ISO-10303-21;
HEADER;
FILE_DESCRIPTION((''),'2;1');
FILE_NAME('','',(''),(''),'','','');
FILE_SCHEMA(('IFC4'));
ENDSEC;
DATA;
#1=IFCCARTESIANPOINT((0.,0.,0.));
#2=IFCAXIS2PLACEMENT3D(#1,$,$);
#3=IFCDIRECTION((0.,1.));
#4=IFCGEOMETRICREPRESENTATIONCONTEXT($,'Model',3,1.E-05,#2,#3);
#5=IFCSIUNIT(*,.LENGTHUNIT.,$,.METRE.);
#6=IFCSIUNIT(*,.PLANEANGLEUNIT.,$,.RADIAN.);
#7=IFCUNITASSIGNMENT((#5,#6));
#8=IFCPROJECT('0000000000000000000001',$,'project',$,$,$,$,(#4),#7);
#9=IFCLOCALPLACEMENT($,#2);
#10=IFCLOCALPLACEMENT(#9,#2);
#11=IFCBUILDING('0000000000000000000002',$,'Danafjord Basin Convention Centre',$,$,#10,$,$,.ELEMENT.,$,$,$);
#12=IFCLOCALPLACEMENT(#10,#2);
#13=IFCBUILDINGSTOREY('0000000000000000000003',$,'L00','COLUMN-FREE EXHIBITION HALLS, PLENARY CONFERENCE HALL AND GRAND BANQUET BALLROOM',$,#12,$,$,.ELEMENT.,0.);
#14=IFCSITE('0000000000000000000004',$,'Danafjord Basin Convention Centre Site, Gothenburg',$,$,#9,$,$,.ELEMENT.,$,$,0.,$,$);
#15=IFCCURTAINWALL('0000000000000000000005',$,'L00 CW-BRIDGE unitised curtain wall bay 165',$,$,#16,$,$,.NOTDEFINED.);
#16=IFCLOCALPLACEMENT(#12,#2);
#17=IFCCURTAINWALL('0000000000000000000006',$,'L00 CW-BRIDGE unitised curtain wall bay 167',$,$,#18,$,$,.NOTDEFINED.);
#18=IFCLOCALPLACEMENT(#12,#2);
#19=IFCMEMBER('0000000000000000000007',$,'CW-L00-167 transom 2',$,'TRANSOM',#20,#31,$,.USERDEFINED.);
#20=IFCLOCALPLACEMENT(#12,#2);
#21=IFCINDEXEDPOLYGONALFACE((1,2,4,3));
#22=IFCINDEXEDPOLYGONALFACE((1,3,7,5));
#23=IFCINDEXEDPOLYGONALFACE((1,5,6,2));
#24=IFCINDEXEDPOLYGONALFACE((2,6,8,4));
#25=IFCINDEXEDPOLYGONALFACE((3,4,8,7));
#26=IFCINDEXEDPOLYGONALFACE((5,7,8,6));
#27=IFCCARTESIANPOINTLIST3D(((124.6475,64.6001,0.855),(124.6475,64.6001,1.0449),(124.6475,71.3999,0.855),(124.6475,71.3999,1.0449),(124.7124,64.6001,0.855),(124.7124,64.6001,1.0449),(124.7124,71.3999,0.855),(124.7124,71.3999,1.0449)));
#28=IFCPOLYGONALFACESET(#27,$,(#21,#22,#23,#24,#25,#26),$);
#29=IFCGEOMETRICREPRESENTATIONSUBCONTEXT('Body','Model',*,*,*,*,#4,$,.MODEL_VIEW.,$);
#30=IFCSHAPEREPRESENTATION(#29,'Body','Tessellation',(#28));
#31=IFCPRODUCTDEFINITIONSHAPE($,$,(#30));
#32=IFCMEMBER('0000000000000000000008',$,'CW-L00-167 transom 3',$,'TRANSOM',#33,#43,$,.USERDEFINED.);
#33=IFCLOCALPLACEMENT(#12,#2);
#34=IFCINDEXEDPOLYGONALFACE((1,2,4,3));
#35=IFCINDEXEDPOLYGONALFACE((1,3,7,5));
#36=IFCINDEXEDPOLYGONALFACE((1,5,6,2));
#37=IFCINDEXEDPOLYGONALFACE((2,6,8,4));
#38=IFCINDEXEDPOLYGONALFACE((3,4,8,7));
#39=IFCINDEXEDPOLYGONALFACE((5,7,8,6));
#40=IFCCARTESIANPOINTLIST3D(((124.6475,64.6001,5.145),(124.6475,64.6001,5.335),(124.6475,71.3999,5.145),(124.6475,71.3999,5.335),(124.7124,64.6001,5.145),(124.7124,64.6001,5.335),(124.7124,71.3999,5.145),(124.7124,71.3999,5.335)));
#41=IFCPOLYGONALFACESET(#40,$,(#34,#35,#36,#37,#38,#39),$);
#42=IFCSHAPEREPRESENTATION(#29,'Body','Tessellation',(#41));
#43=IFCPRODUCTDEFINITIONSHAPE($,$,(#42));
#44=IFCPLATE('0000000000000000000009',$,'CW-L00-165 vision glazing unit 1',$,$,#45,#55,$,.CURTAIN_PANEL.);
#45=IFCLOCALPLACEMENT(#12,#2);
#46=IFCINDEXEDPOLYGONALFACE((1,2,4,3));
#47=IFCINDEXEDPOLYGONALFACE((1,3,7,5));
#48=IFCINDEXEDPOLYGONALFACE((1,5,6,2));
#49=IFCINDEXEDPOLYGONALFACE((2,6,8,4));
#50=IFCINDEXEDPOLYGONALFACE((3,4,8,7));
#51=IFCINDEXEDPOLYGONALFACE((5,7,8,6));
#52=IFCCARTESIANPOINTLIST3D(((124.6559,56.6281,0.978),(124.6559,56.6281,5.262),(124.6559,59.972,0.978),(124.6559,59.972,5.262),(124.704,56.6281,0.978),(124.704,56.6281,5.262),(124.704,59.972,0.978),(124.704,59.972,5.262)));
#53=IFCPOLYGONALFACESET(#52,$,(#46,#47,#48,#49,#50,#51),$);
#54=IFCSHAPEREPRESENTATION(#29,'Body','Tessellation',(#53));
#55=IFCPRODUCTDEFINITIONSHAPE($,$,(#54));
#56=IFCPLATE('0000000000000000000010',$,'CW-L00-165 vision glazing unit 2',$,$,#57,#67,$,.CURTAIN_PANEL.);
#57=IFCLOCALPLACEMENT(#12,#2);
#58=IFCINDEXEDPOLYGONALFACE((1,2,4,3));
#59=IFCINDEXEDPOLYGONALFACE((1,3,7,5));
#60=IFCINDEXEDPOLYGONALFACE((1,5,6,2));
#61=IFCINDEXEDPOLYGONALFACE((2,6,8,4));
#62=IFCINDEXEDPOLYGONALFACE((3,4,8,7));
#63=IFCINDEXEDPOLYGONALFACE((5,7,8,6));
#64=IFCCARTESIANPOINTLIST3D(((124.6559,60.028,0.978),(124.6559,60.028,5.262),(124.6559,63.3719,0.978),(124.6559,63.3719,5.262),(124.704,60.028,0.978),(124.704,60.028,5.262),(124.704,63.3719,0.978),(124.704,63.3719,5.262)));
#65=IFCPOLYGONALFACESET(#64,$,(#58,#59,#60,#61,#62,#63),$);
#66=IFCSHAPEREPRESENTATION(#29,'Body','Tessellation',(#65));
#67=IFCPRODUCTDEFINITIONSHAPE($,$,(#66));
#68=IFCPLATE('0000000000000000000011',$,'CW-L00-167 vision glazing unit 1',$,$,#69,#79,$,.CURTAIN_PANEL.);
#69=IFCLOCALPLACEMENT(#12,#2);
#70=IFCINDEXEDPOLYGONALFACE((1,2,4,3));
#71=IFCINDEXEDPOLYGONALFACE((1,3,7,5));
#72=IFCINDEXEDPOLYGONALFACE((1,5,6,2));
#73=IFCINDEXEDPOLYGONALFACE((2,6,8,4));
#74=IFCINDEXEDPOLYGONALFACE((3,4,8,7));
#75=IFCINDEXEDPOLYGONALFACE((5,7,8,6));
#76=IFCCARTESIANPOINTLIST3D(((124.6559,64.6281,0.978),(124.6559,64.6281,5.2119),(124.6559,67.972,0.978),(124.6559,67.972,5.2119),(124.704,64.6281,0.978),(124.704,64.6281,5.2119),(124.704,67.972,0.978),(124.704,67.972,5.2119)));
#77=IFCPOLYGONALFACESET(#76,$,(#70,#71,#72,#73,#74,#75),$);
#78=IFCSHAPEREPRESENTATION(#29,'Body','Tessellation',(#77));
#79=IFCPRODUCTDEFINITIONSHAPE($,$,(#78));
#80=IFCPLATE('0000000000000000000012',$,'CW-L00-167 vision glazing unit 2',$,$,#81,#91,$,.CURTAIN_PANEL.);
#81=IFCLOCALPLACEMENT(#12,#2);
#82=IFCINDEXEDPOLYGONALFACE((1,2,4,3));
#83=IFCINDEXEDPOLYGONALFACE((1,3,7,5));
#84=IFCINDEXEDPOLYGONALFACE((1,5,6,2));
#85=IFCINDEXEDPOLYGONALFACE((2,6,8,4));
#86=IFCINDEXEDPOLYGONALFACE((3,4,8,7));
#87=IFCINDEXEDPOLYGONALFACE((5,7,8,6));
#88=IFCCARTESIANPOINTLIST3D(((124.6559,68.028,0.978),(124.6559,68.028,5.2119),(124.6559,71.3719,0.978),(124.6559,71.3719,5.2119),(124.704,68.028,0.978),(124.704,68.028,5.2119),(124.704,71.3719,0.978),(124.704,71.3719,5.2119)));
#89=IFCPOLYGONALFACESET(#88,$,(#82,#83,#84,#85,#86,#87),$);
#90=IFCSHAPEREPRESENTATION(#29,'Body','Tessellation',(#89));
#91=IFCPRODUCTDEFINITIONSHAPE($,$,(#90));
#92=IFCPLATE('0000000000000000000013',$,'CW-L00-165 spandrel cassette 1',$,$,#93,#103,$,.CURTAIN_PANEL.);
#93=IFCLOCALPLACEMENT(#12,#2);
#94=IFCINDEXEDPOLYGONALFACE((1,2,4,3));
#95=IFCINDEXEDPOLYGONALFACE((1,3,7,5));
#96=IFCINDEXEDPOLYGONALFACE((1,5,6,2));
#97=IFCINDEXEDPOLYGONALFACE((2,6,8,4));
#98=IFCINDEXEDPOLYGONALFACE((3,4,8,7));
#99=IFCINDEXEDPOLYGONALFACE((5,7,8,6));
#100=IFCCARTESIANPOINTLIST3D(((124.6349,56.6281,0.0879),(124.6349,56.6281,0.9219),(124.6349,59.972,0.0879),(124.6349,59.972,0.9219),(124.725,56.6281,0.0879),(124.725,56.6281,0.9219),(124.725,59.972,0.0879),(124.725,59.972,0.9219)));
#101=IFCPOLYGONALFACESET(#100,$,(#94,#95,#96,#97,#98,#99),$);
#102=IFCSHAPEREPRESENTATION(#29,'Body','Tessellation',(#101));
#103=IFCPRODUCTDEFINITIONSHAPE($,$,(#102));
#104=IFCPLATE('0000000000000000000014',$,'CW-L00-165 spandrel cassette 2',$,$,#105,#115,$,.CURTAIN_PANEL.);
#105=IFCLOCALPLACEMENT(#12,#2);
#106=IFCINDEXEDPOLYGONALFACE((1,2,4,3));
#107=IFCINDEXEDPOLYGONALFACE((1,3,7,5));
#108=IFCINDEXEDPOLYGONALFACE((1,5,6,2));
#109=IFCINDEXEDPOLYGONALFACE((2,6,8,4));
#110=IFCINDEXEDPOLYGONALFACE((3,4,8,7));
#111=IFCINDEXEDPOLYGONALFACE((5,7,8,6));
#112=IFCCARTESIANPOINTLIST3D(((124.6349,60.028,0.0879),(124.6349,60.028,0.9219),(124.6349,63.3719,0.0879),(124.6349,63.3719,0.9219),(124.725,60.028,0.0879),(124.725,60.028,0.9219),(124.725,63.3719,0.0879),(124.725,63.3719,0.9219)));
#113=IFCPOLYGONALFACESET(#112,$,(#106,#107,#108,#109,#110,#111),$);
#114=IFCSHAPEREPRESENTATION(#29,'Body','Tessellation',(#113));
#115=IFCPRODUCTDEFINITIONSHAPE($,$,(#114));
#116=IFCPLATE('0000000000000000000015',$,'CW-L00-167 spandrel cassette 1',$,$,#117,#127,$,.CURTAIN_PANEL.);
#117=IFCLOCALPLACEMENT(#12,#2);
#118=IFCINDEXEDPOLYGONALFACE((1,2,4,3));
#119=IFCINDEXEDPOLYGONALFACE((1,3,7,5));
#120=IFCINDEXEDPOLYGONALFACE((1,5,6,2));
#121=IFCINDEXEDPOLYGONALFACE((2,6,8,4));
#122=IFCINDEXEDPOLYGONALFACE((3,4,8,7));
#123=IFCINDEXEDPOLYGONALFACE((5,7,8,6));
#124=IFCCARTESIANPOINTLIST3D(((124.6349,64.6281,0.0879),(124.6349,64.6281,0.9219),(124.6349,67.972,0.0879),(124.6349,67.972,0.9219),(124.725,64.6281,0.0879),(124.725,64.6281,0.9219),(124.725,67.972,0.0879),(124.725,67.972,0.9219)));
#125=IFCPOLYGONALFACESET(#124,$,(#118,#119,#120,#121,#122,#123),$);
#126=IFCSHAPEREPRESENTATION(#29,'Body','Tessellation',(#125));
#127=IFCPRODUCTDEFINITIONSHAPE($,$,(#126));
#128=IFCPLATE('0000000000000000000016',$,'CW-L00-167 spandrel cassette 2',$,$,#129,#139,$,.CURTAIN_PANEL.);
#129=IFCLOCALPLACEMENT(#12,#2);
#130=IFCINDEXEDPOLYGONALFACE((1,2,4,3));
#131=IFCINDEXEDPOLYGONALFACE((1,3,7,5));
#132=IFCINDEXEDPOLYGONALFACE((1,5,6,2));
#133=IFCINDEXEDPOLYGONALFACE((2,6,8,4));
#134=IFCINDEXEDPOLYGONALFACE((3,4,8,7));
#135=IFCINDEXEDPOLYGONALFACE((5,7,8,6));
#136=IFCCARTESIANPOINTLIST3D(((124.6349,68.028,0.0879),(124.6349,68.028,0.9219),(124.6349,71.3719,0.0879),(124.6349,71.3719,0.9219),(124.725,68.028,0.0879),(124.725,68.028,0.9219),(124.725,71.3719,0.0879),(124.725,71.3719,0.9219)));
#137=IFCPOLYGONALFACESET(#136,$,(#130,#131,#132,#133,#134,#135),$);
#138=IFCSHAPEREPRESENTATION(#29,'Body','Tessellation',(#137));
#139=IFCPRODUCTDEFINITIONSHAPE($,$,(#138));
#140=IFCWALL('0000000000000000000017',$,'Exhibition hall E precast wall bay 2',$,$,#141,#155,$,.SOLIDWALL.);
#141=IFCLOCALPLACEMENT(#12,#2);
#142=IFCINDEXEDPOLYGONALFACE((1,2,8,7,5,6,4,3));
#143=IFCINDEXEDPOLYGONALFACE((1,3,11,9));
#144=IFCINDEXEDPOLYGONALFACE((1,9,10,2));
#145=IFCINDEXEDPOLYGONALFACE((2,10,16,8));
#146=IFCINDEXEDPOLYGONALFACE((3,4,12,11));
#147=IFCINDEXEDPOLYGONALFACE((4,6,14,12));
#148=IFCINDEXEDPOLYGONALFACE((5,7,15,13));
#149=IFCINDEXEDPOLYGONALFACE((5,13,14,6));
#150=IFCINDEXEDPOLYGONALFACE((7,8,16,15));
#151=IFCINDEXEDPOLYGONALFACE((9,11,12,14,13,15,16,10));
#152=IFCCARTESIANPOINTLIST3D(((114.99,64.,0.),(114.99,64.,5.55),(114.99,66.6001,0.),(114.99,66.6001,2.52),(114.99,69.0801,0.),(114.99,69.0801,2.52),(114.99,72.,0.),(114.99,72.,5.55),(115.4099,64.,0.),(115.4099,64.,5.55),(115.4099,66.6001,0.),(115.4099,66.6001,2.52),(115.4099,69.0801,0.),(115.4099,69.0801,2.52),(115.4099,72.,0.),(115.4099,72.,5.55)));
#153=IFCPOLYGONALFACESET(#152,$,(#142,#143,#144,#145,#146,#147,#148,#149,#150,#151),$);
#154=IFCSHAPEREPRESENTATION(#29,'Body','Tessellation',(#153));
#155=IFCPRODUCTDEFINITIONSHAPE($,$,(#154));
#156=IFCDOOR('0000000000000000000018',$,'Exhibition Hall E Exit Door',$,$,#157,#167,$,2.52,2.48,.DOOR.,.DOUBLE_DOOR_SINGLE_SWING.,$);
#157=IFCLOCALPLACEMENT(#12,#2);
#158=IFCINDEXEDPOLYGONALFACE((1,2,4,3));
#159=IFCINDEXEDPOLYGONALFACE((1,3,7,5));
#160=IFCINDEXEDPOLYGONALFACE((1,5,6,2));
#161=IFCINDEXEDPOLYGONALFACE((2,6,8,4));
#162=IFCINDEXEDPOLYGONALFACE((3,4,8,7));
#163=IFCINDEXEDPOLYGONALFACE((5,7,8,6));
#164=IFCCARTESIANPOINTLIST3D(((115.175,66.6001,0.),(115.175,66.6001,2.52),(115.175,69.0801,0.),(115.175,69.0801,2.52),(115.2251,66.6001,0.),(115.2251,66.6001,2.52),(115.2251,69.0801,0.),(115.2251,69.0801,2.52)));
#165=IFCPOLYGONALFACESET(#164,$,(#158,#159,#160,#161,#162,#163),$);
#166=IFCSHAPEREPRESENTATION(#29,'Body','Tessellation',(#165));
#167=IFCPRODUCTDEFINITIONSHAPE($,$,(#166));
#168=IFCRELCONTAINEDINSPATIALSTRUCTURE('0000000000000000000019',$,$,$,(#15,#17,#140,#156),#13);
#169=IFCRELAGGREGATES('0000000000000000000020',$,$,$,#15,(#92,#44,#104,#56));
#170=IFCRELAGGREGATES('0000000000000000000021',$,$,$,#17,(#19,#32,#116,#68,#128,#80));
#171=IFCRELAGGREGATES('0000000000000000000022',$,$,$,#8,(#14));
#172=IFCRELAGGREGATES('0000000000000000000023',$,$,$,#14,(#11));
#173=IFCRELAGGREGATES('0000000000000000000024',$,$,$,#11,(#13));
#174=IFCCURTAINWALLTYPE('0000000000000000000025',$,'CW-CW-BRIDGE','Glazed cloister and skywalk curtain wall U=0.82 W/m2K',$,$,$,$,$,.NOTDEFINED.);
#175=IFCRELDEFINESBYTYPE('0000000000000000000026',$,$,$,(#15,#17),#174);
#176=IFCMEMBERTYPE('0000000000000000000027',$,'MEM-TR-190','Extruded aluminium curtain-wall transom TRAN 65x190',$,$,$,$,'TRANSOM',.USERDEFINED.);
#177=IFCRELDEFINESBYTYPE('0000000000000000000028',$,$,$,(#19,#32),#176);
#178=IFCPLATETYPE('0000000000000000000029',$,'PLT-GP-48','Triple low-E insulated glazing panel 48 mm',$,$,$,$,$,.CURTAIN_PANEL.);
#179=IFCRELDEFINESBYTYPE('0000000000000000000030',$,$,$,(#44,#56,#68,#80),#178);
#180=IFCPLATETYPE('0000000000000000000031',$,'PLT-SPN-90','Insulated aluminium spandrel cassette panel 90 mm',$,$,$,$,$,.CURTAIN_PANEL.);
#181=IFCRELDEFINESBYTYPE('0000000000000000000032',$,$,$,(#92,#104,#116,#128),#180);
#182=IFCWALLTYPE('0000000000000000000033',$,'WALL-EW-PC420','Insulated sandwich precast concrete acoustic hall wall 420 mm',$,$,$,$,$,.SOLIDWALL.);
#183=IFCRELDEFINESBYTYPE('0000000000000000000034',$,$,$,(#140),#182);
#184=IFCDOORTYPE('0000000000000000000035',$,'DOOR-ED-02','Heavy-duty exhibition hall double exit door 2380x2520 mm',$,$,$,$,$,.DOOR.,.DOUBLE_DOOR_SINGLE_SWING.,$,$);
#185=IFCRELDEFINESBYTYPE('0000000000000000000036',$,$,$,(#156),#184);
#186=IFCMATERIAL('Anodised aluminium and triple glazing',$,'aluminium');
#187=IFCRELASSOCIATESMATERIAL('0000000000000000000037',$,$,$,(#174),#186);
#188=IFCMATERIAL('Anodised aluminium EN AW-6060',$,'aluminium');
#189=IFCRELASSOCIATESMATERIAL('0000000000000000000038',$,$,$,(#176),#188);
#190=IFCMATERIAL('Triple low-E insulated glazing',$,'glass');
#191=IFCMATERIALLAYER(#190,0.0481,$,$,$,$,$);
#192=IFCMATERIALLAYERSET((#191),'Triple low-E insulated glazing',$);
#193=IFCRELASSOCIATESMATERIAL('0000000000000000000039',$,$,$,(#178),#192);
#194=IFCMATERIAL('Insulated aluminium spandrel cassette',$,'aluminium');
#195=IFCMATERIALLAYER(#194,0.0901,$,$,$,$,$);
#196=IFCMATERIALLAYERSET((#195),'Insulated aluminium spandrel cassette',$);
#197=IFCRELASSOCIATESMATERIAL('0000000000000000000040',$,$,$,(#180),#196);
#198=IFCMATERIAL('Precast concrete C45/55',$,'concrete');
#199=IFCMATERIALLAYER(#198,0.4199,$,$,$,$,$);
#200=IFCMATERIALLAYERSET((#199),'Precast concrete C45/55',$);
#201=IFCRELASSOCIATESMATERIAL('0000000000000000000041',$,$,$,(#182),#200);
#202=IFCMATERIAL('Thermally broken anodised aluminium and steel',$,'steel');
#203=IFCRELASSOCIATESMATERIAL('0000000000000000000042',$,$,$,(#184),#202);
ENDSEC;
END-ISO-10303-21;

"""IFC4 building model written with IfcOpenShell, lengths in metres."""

from ifc_helpers import new_model, si_unit, direction, frame, frame_2d, origin, origin_2d, place, context, subcontext, project, spatial, rectangle, extrude, material, layer, layer_set, material_profile, profile_set, type_object, element, fill, aggregate, save


model = new_model("IFC4")

# Units and contexts
model_context = context("Model", 3, precision=1e-05, world=origin(), true_north=direction((0.0, 1.0)))
body_context = subcontext(model_context, "Body", "Model", "MODEL_VIEW")
ifc_project = project(units=[si_unit("LENGTHUNIT", "METRE"), si_unit("PLANEANGLEUNIT", "RADIAN")], contexts=[model_context])

# Site, building, storey
site_placement = place(None, origin())
site = spatial("IfcSite", under=ifc_project, at=site_placement, Name="Danafjord Basin Convention Centre Site, Gothenburg", CompositionType="ELEMENT", RefElevation=0.0)
building_placement = place(site_placement, origin())
building = spatial("IfcBuilding", under=site, at=building_placement, Name="Danafjord Basin Convention Centre", CompositionType="ELEMENT")
storey_placement = place(building_placement, origin())
storey = spatial("IfcBuildingStorey", under=building, at=storey_placement, Name="L00", Description="COLUMN-FREE EXHIBITION HALLS, PLENARY CONFERENCE HALL AND GRAND BANQUET BALLROOM", CompositionType="ELEMENT", Elevation=0.0)

# Curtain walls
ifc_material_1 = material(Name="Anodised aluminium and triple glazing", Category="aluminium")
curtain_wall_type = type_object("IfcCurtainWallType", Name="CW-CW-BRIDGE", Description="Glazed cloister and skywalk curtain wall U=0.82 W/m2K", PredefinedType="NOTDEFINED", material=ifc_material_1)
curtain_wall_1_placement = place(storey_placement, origin())
curtain_wall_1 = element("IfcCurtainWall", 1, at=curtain_wall_1_placement, inside=storey, type_object=curtain_wall_type, Name="L00 CW-BRIDGE unitised curtain wall bay 165", PredefinedType="NOTDEFINED")
ifc_material_2 = material(Name="Anodised aluminium EN AW-6060", Category="aluminium")
curtain_wall_2_placement = place(storey_placement, origin())
curtain_wall_2 = element("IfcCurtainWall", 2, at=curtain_wall_2_placement, inside=storey, type_object=curtain_wall_type, Name="L00 CW-BRIDGE unitised curtain wall bay 167", PredefinedType="NOTDEFINED")

# Members
ifc_material_profile_1 = material_profile(ifc_material_2, rectangle(XDim=0.0649, YDim=0.1899, at=origin_2d()), Name="TRAN 65x190")
ifc_profile_set_1 = profile_set([ifc_material_profile_1], Name="Anodised aluminium EN AW-6060")
member_type_1 = type_object("IfcMemberType", Name="MEM-TR-190", Description="Extruded aluminium curtain-wall transom TRAN 65x190", ElementType="TRANSOM", PredefinedType="USERDEFINED", material=ifc_profile_set_1)
member_1_placement = place(storey_placement, frame((124.6799, 64.6001, 0.95), z_axis=(0.0, 1.0, 0.0), x_axis=(-1.0, 0.0, 0.0)))
member_1 = element("IfcMember", 3, at=member_1_placement, type_object=member_type_1, Name="CW-L00-167 transom 2", ObjectType="TRANSOM", PredefinedType="USERDEFINED", context=body_context, shape_type="SweptSolid", body=[
    extrude(rectangle(XDim=0.0649, YDim=0.1899, at=origin_2d()), origin(), (0.0, 0.0, 1.0), 6.7998),
])
member_2_placement = place(storey_placement, frame((124.6799, 64.6001, 5.24), z_axis=(0.0, 1.0, 0.0), x_axis=(-1.0, 0.0, 0.0)))
member_2 = element("IfcMember", 4, at=member_2_placement, type_object=member_type_1, Name="CW-L00-167 transom 3", ObjectType="TRANSOM", PredefinedType="USERDEFINED", context=body_context, shape_type="SweptSolid", body=[
    extrude(rectangle(XDim=0.0649, YDim=0.1899, at=origin_2d()), origin(), (0.0, 0.0, 1.0), 6.7998),
])

# Plates
ifc_material_3 = material(Name="Triple low-E insulated glazing", Category="glass")
ifc_layer_1 = layer(ifc_material_3, 0.0481)
ifc_layer_set_1 = layer_set([ifc_layer_1], Name="Triple low-E insulated glazing")
plate_type_1 = type_object("IfcPlateType", Name="PLT-GP-48", Description="Triple low-E insulated glazing panel 48 mm", PredefinedType="CURTAIN_PANEL", material=ifc_layer_set_1)
plate_1_placement = place(storey_placement, frame((124.6799, 58.3, 0.978), z_axis=(0.0, 0.0, 1.0), x_axis=(0.0, 1.0, 0.0)))
plate_1 = element("IfcPlate", 5, at=plate_1_placement, type_object=plate_type_1, Name="CW-L00-165 vision glazing unit 1", PredefinedType="CURTAIN_PANEL", context=body_context, shape_type="SweptSolid", body=[
    extrude(rectangle(XDim=3.344, YDim=0.0481, at=origin_2d()), origin(), (0.0, 0.0, 1.0), 4.2839),
])
plate_2_placement = place(storey_placement, frame((124.6799, 61.7, 0.978), z_axis=(0.0, 0.0, 1.0), x_axis=(0.0, 1.0, 0.0)))
plate_2 = element("IfcPlate", 6, at=plate_2_placement, type_object=plate_type_1, Name="CW-L00-165 vision glazing unit 2", PredefinedType="CURTAIN_PANEL", context=body_context, shape_type="SweptSolid", body=[
    extrude(rectangle(XDim=3.344, YDim=0.0481, at=origin_2d()), origin(), (0.0, 0.0, 1.0), 4.2839),
])
plate_3_placement = place(storey_placement, frame((124.6799, 66.3, 0.978), z_axis=(0.0, 0.0, 1.0), x_axis=(0.0, 1.0, 0.0)))
plate_3 = element("IfcPlate", 7, at=plate_3_placement, type_object=plate_type_1, Name="CW-L00-167 vision glazing unit 1", PredefinedType="CURTAIN_PANEL", context=body_context, shape_type="SweptSolid", body=[
    extrude(rectangle(XDim=3.344, YDim=0.0481, at=origin_2d()), origin(), (0.0, 0.0, 1.0), 4.2339),
])
plate_4_placement = place(storey_placement, frame((124.6799, 69.7, 0.978), z_axis=(0.0, 0.0, 1.0), x_axis=(0.0, 1.0, 0.0)))
plate_4 = element("IfcPlate", 8, at=plate_4_placement, type_object=plate_type_1, Name="CW-L00-167 vision glazing unit 2", PredefinedType="CURTAIN_PANEL", context=body_context, shape_type="SweptSolid", body=[
    extrude(rectangle(XDim=3.344, YDim=0.0481, at=origin_2d()), origin(), (0.0, 0.0, 1.0), 4.2339),
])
ifc_material_4 = material(Name="Insulated aluminium spandrel cassette", Category="aluminium")
ifc_layer_2 = layer(ifc_material_4, 0.0901)
ifc_layer_set_2 = layer_set([ifc_layer_2], Name="Insulated aluminium spandrel cassette")
plate_type_2 = type_object("IfcPlateType", Name="PLT-SPN-90", Description="Insulated aluminium spandrel cassette panel 90 mm", PredefinedType="CURTAIN_PANEL", material=ifc_layer_set_2)
plate_5_placement = place(storey_placement, frame((124.6799, 58.3, 0.0879), z_axis=(0.0, 0.0, 1.0), x_axis=(0.0, 1.0, 0.0)))
plate_5 = element("IfcPlate", 9, at=plate_5_placement, type_object=plate_type_2, Name="CW-L00-165 spandrel cassette 1", PredefinedType="CURTAIN_PANEL", context=body_context, shape_type="SweptSolid", body=[
    extrude(rectangle(XDim=3.344, YDim=0.0901, at=origin_2d()), origin(), (0.0, 0.0, 1.0), 0.834),
])
plate_6_placement = place(storey_placement, frame((124.6799, 61.7, 0.0879), z_axis=(0.0, 0.0, 1.0), x_axis=(0.0, 1.0, 0.0)))
plate_6 = element("IfcPlate", 10, at=plate_6_placement, type_object=plate_type_2, Name="CW-L00-165 spandrel cassette 2", PredefinedType="CURTAIN_PANEL", context=body_context, shape_type="SweptSolid", body=[
    extrude(rectangle(XDim=3.344, YDim=0.0901, at=origin_2d()), origin(), (0.0, 0.0, 1.0), 0.834),
])
aggregate(curtain_wall_1, [plate_5, plate_1, plate_6, plate_2])
plate_7_placement = place(storey_placement, frame((124.6799, 66.3, 0.0879), z_axis=(0.0, 0.0, 1.0), x_axis=(0.0, 1.0, 0.0)))
plate_7 = element("IfcPlate", 11, at=plate_7_placement, type_object=plate_type_2, Name="CW-L00-167 spandrel cassette 1", PredefinedType="CURTAIN_PANEL", context=body_context, shape_type="SweptSolid", body=[
    extrude(rectangle(XDim=3.344, YDim=0.0901, at=origin_2d()), origin(), (0.0, 0.0, 1.0), 0.834),
])
plate_8_placement = place(storey_placement, frame((124.6799, 69.7, 0.0879), z_axis=(0.0, 0.0, 1.0), x_axis=(0.0, 1.0, 0.0)))
plate_8 = element("IfcPlate", 12, at=plate_8_placement, type_object=plate_type_2, Name="CW-L00-167 spandrel cassette 2", PredefinedType="CURTAIN_PANEL", context=body_context, shape_type="SweptSolid", body=[
    extrude(rectangle(XDim=3.344, YDim=0.0901, at=origin_2d()), origin(), (0.0, 0.0, 1.0), 0.834),
])
aggregate(curtain_wall_2, [member_1, member_2, plate_7, plate_3, plate_8, plate_4])

# Wall, opening, door
ifc_material_5 = material(Name="Precast concrete C45/55", Category="concrete")
ifc_layer_3 = layer(ifc_material_5, 0.4199)
ifc_layer_set_3 = layer_set([ifc_layer_3], Name="Precast concrete C45/55")
wall_type = type_object("IfcWallType", Name="WALL-EW-PC420", Description="Insulated sandwich precast concrete acoustic hall wall 420 mm", PredefinedType="SOLIDWALL", material=ifc_layer_set_3)
wall_1_placement = place(storey_placement, frame((115.2, 64.0, 0.0), z_axis=(0.0, 0.0, 1.0), x_axis=(0.0, 1.0, 0.0)))
wall_1 = element("IfcWall", 13, at=wall_1_placement, inside=storey, type_object=wall_type, Name="Exhibition hall E precast wall bay 2", PredefinedType="SOLIDWALL", context=body_context, shape_type="SweptSolid", body=[
    extrude(rectangle(XDim=8.0, YDim=0.4199, at=frame_2d((4.0, 0.0))), origin(), (0.0, 0.0, 1.0), 5.55),
])
opening_1_placement = place(wall_1_placement, frame((2.6001, 0.0, 0.0)))
opening_1 = element("IfcOpeningElement", 14, at=opening_1_placement, cuts=wall_1, PredefinedType="OPENING", context=body_context, shape_type="SweptSolid", body=[
    extrude(rectangle(XDim=2.48, YDim=2.52, at=frame_2d((1.24, 1.26))), frame((0.0, 0.22, 0.0), z_axis=(0.0, -1.0, 0.0), x_axis=(1.0, 0.0, 0.0)), (0.0, 0.0, 1.0), 0.4399),
])
ifc_material_6 = material(Name="Thermally broken anodised aluminium and steel", Category="steel")
door_type = type_object("IfcDoorType", Name="DOOR-ED-02", Description="Heavy-duty exhibition hall double exit door 2380x2520 mm", OperationType="DOUBLE_DOOR_SINGLE_SWING", PredefinedType="DOOR", material=ifc_material_6)
door_1_placement = place(opening_1_placement, origin())
door_1 = element("IfcDoor", 15, at=door_1_placement, inside=storey, type_object=door_type, Name="Exhibition Hall E Exit Door", OperationType="DOUBLE_DOOR_SINGLE_SWING", OverallHeight=2.52, OverallWidth=2.48, PredefinedType="DOOR", context=body_context, shape_type="SweptSolid", body=[
    extrude(rectangle(XDim=2.48, YDim=2.52, at=frame_2d((1.24, 1.26))), frame((0.0, 0.0249, 0.0), z_axis=(0.0, -1.0, 0.0), x_axis=(1.0, 0.0, 0.0)), (0.0, 0.0, 1.0), 0.05),
])
fill(opening_1, door_1)

save(model, "model.ifc")
